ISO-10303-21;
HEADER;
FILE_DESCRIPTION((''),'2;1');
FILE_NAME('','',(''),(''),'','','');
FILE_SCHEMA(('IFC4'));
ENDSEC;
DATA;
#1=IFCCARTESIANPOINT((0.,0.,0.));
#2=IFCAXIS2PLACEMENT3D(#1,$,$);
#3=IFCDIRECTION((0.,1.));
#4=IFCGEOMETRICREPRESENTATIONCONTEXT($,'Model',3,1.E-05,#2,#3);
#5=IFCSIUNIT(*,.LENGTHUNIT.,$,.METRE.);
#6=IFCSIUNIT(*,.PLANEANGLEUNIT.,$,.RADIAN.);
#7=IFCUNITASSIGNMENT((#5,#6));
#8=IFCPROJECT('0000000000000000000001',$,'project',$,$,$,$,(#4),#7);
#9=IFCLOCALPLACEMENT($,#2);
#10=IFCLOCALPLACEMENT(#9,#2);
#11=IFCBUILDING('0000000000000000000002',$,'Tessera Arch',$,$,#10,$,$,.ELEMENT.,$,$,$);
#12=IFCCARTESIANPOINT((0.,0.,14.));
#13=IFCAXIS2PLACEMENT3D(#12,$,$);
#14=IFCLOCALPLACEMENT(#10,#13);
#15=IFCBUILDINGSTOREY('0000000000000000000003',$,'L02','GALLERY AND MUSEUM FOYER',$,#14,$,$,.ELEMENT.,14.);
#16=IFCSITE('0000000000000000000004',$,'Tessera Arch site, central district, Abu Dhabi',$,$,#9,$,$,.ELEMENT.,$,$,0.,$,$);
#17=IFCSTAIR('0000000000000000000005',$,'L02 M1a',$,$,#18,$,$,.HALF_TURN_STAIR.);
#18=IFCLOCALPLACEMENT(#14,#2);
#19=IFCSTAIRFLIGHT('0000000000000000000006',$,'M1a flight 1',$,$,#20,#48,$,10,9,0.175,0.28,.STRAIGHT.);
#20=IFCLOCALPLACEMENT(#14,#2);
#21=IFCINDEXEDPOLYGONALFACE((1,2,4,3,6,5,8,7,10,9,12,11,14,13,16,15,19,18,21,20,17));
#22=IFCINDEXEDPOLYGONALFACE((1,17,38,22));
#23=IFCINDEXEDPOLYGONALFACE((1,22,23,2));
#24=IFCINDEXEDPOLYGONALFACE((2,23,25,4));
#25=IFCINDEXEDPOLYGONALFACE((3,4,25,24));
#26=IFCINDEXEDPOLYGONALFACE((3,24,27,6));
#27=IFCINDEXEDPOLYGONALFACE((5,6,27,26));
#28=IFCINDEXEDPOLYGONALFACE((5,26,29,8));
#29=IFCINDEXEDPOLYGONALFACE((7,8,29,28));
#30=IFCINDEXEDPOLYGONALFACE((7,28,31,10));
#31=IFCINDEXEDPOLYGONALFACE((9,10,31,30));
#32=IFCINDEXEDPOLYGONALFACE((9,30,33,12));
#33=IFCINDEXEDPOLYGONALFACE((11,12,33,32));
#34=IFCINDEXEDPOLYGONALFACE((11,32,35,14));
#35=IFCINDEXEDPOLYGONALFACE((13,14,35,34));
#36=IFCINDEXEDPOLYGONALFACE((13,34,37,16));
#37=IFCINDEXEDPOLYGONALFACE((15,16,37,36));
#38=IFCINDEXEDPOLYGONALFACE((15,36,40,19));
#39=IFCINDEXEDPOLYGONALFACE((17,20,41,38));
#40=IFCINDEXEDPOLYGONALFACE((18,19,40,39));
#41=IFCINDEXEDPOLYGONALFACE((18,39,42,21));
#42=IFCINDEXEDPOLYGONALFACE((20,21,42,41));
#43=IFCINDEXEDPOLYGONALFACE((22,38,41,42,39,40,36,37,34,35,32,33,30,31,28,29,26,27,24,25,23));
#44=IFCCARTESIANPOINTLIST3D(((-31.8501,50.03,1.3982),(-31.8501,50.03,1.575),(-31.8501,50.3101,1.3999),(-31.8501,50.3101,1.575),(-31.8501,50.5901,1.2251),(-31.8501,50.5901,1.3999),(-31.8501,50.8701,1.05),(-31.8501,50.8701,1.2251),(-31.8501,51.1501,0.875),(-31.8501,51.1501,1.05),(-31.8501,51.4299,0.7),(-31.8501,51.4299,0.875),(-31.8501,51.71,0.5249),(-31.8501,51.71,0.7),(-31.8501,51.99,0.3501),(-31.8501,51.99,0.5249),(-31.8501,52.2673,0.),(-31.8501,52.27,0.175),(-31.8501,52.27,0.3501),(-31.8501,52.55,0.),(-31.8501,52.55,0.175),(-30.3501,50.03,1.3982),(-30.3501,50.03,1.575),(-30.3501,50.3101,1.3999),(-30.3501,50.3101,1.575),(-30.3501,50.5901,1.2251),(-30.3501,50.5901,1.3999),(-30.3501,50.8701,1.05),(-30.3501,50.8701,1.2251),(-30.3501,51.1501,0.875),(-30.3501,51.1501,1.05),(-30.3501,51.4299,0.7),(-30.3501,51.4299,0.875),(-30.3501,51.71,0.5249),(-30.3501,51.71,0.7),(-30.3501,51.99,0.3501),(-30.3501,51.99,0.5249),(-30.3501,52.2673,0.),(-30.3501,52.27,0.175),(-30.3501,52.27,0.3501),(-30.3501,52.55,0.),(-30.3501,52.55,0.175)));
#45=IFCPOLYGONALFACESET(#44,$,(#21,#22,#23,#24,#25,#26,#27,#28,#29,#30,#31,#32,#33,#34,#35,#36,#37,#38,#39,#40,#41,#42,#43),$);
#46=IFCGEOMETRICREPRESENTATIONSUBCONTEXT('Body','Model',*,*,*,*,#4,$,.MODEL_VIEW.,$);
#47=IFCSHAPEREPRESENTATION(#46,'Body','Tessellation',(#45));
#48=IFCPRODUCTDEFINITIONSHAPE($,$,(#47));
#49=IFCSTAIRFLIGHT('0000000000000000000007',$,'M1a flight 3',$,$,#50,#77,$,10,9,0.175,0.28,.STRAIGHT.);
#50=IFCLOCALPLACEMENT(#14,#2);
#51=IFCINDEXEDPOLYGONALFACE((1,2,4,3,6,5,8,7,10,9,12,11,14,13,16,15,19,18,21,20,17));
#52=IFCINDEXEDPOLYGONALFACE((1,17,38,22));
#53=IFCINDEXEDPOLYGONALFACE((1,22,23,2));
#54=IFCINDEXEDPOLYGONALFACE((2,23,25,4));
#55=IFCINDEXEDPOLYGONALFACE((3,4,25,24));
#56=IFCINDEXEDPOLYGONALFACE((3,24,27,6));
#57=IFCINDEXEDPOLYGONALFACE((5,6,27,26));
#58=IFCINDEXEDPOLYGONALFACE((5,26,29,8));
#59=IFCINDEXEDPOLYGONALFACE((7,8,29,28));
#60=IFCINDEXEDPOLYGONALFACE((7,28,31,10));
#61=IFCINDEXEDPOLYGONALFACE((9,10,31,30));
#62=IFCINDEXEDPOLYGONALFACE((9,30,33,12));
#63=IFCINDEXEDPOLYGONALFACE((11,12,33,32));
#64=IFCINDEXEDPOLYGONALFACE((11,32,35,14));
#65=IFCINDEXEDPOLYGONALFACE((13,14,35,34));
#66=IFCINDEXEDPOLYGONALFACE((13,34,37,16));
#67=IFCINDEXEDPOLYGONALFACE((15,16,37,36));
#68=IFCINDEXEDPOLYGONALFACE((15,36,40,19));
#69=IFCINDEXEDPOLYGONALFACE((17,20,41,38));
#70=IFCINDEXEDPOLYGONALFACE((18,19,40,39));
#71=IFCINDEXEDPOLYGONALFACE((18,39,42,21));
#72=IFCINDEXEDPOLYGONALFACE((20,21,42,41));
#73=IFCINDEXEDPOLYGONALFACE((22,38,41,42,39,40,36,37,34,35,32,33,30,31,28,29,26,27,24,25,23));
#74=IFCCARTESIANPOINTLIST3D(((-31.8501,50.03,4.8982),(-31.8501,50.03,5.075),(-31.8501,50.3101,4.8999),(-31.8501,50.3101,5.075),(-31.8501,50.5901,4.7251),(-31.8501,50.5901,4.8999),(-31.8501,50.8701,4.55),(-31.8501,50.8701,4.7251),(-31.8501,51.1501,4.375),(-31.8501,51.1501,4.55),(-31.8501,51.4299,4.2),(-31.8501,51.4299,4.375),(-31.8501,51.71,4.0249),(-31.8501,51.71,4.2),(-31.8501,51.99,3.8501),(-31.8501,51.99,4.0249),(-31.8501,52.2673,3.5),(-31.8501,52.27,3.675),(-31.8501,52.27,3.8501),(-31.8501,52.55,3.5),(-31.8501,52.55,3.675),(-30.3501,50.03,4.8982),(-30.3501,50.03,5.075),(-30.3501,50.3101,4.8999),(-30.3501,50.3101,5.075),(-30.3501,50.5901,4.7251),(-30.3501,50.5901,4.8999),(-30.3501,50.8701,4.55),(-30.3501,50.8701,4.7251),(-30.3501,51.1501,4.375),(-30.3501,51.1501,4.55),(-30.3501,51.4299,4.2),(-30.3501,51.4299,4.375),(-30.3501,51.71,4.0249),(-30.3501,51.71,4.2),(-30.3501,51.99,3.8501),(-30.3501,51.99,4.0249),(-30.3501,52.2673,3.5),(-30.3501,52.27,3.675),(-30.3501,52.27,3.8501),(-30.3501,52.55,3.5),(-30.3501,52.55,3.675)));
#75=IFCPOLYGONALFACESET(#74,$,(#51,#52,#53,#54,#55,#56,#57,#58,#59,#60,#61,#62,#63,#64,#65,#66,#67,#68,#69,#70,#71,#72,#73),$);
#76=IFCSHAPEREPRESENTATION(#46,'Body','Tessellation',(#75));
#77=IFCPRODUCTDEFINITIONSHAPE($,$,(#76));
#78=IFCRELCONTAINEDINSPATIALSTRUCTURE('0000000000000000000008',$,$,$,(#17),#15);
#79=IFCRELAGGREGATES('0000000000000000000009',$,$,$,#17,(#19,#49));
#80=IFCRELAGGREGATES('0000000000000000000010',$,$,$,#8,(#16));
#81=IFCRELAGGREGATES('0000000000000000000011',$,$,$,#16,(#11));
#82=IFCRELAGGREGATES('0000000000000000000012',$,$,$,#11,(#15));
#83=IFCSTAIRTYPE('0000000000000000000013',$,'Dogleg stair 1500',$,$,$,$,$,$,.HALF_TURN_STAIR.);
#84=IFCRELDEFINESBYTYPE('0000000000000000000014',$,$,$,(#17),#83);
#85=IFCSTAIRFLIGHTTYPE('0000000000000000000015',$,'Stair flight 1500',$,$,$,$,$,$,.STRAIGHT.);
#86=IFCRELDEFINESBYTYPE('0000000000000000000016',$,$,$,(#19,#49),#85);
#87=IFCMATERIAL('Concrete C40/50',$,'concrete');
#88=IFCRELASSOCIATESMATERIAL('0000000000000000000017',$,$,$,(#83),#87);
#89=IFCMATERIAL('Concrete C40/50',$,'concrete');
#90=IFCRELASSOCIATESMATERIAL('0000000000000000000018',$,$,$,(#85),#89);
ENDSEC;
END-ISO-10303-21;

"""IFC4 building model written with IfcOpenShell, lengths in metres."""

from ifc_helpers import new_model, si_unit, direction, frame, origin, place, context, subcontext, project, spatial, polyline, outline, extrude, material, type_object, element, aggregate, save


model = new_model("IFC4")

# Units and contexts
model_context = context("Model", 3, precision=1e-05, world=origin(), true_north=direction((0.0, 1.0)))
body_context = subcontext(model_context, "Body", "Model", "MODEL_VIEW")
ifc_project = project(units=[si_unit("LENGTHUNIT", "METRE"), si_unit("PLANEANGLEUNIT", "RADIAN")], contexts=[model_context])

# Site, building, storey
site_placement = place(None, origin())
site = spatial("IfcSite", under=ifc_project, at=site_placement, Name="Tessera Arch site, central district, Abu Dhabi", CompositionType="ELEMENT", RefElevation=0.0)
building_placement = place(site_placement, origin())
building = spatial("IfcBuilding", under=site, at=building_placement, Name="Tessera Arch", CompositionType="ELEMENT")
storey_placement = place(building_placement, frame((0.0, 0.0, 14.0)))
storey = spatial("IfcBuildingStorey", under=building, at=storey_placement, Name="L02", Description="GALLERY AND MUSEUM FOYER", CompositionType="ELEMENT", Elevation=14.0)

# Stair, stair flights
ifc_material_1 = material(Name="Concrete C40/50", Category="concrete")
stair_type = type_object("IfcStairType", Name="Dogleg stair 1500", PredefinedType="HALF_TURN_STAIR", material=ifc_material_1)
stair_placement = place(storey_placement, origin())
stair = element("IfcStair", 1, at=stair_placement, inside=storey, type_object=stair_type, Name="L02 M1a", PredefinedType="HALF_TURN_STAIR")
ifc_material_2 = material(Name="Concrete C40/50", Category="concrete")
stair_flight_type = type_object("IfcStairFlightType", Name="Stair flight 1500", PredefinedType="STRAIGHT", material=ifc_material_2)
stair_flight_1_placement = place(storey_placement, frame((-31.1001, 52.55, 0.0), z_axis=(0.0, 0.0, 1.0), x_axis=(0.0, -1.0, 0.0)))
stair_flight_1 = element("IfcStairFlight", 2, at=stair_flight_1_placement, type_object=stair_flight_type, Name="M1a flight 1", NumberOfRisers=10, NumberOfTreads=9, PredefinedType="STRAIGHT", RiserHeight=0.175, TreadLength=0.28, context=body_context, shape_type="SweptSolid", body=[
    extrude(outline(polyline([(0.0, 0.0), (0.0, 0.175), (0.28, 0.175), (0.28, 0.3501), (0.5601, 0.3501), (0.5601, 0.5249), (0.8401, 0.5249), (0.8401, 0.7), (1.1201, 0.7), (1.1201, 0.875), (1.3999, 0.875), (1.3999, 1.05), (1.6799, 1.05), (1.6799, 1.2251), (1.96, 1.2251), (1.96, 1.3999), (2.24, 1.3999), (2.24, 1.575), (2.52, 1.575), (2.52, 1.75), (2.52, 1.3982), (0.2827, 0.0), (0.0, 0.0)])), frame((0.0, 0.75, 0.0), z_axis=(0.0, -1.0, 0.0), x_axis=(1.0, 0.0, 0.0)), (0.0, 0.0, 1.0), 1.5),
])
stair_flight_2_placement = place(storey_placement, frame((-31.1001, 52.55, 3.5), z_axis=(0.0, 0.0, 1.0), x_axis=(0.0, -1.0, 0.0)))
stair_flight_2 = element("IfcStairFlight", 3, at=stair_flight_2_placement, type_object=stair_flight_type, Name="M1a flight 3", NumberOfRisers=10, NumberOfTreads=9, PredefinedType="STRAIGHT", RiserHeight=0.175, TreadLength=0.28, context=body_context, shape_type="SweptSolid", body=[
    extrude(outline(polyline([(0.0, 0.0), (0.0, 0.175), (0.28, 0.175), (0.28, 0.3501), (0.5601, 0.3501), (0.5601, 0.5249), (0.8401, 0.5249), (0.8401, 0.7), (1.1201, 0.7), (1.1201, 0.875), (1.3999, 0.875), (1.3999, 1.05), (1.6799, 1.05), (1.6799, 1.2251), (1.96, 1.2251), (1.96, 1.3999), (2.24, 1.3999), (2.24, 1.575), (2.52, 1.575), (2.52, 1.75), (2.52, 1.3982), (0.2827, 0.0), (0.0, 0.0)])), frame((0.0, 0.75, 0.0), z_axis=(0.0, -1.0, 0.0), x_axis=(1.0, 0.0, 0.0)), (0.0, 0.0, 1.0), 1.5),
])
aggregate(stair, [stair_flight_1, stair_flight_2])

save(model, "model.ifc")
